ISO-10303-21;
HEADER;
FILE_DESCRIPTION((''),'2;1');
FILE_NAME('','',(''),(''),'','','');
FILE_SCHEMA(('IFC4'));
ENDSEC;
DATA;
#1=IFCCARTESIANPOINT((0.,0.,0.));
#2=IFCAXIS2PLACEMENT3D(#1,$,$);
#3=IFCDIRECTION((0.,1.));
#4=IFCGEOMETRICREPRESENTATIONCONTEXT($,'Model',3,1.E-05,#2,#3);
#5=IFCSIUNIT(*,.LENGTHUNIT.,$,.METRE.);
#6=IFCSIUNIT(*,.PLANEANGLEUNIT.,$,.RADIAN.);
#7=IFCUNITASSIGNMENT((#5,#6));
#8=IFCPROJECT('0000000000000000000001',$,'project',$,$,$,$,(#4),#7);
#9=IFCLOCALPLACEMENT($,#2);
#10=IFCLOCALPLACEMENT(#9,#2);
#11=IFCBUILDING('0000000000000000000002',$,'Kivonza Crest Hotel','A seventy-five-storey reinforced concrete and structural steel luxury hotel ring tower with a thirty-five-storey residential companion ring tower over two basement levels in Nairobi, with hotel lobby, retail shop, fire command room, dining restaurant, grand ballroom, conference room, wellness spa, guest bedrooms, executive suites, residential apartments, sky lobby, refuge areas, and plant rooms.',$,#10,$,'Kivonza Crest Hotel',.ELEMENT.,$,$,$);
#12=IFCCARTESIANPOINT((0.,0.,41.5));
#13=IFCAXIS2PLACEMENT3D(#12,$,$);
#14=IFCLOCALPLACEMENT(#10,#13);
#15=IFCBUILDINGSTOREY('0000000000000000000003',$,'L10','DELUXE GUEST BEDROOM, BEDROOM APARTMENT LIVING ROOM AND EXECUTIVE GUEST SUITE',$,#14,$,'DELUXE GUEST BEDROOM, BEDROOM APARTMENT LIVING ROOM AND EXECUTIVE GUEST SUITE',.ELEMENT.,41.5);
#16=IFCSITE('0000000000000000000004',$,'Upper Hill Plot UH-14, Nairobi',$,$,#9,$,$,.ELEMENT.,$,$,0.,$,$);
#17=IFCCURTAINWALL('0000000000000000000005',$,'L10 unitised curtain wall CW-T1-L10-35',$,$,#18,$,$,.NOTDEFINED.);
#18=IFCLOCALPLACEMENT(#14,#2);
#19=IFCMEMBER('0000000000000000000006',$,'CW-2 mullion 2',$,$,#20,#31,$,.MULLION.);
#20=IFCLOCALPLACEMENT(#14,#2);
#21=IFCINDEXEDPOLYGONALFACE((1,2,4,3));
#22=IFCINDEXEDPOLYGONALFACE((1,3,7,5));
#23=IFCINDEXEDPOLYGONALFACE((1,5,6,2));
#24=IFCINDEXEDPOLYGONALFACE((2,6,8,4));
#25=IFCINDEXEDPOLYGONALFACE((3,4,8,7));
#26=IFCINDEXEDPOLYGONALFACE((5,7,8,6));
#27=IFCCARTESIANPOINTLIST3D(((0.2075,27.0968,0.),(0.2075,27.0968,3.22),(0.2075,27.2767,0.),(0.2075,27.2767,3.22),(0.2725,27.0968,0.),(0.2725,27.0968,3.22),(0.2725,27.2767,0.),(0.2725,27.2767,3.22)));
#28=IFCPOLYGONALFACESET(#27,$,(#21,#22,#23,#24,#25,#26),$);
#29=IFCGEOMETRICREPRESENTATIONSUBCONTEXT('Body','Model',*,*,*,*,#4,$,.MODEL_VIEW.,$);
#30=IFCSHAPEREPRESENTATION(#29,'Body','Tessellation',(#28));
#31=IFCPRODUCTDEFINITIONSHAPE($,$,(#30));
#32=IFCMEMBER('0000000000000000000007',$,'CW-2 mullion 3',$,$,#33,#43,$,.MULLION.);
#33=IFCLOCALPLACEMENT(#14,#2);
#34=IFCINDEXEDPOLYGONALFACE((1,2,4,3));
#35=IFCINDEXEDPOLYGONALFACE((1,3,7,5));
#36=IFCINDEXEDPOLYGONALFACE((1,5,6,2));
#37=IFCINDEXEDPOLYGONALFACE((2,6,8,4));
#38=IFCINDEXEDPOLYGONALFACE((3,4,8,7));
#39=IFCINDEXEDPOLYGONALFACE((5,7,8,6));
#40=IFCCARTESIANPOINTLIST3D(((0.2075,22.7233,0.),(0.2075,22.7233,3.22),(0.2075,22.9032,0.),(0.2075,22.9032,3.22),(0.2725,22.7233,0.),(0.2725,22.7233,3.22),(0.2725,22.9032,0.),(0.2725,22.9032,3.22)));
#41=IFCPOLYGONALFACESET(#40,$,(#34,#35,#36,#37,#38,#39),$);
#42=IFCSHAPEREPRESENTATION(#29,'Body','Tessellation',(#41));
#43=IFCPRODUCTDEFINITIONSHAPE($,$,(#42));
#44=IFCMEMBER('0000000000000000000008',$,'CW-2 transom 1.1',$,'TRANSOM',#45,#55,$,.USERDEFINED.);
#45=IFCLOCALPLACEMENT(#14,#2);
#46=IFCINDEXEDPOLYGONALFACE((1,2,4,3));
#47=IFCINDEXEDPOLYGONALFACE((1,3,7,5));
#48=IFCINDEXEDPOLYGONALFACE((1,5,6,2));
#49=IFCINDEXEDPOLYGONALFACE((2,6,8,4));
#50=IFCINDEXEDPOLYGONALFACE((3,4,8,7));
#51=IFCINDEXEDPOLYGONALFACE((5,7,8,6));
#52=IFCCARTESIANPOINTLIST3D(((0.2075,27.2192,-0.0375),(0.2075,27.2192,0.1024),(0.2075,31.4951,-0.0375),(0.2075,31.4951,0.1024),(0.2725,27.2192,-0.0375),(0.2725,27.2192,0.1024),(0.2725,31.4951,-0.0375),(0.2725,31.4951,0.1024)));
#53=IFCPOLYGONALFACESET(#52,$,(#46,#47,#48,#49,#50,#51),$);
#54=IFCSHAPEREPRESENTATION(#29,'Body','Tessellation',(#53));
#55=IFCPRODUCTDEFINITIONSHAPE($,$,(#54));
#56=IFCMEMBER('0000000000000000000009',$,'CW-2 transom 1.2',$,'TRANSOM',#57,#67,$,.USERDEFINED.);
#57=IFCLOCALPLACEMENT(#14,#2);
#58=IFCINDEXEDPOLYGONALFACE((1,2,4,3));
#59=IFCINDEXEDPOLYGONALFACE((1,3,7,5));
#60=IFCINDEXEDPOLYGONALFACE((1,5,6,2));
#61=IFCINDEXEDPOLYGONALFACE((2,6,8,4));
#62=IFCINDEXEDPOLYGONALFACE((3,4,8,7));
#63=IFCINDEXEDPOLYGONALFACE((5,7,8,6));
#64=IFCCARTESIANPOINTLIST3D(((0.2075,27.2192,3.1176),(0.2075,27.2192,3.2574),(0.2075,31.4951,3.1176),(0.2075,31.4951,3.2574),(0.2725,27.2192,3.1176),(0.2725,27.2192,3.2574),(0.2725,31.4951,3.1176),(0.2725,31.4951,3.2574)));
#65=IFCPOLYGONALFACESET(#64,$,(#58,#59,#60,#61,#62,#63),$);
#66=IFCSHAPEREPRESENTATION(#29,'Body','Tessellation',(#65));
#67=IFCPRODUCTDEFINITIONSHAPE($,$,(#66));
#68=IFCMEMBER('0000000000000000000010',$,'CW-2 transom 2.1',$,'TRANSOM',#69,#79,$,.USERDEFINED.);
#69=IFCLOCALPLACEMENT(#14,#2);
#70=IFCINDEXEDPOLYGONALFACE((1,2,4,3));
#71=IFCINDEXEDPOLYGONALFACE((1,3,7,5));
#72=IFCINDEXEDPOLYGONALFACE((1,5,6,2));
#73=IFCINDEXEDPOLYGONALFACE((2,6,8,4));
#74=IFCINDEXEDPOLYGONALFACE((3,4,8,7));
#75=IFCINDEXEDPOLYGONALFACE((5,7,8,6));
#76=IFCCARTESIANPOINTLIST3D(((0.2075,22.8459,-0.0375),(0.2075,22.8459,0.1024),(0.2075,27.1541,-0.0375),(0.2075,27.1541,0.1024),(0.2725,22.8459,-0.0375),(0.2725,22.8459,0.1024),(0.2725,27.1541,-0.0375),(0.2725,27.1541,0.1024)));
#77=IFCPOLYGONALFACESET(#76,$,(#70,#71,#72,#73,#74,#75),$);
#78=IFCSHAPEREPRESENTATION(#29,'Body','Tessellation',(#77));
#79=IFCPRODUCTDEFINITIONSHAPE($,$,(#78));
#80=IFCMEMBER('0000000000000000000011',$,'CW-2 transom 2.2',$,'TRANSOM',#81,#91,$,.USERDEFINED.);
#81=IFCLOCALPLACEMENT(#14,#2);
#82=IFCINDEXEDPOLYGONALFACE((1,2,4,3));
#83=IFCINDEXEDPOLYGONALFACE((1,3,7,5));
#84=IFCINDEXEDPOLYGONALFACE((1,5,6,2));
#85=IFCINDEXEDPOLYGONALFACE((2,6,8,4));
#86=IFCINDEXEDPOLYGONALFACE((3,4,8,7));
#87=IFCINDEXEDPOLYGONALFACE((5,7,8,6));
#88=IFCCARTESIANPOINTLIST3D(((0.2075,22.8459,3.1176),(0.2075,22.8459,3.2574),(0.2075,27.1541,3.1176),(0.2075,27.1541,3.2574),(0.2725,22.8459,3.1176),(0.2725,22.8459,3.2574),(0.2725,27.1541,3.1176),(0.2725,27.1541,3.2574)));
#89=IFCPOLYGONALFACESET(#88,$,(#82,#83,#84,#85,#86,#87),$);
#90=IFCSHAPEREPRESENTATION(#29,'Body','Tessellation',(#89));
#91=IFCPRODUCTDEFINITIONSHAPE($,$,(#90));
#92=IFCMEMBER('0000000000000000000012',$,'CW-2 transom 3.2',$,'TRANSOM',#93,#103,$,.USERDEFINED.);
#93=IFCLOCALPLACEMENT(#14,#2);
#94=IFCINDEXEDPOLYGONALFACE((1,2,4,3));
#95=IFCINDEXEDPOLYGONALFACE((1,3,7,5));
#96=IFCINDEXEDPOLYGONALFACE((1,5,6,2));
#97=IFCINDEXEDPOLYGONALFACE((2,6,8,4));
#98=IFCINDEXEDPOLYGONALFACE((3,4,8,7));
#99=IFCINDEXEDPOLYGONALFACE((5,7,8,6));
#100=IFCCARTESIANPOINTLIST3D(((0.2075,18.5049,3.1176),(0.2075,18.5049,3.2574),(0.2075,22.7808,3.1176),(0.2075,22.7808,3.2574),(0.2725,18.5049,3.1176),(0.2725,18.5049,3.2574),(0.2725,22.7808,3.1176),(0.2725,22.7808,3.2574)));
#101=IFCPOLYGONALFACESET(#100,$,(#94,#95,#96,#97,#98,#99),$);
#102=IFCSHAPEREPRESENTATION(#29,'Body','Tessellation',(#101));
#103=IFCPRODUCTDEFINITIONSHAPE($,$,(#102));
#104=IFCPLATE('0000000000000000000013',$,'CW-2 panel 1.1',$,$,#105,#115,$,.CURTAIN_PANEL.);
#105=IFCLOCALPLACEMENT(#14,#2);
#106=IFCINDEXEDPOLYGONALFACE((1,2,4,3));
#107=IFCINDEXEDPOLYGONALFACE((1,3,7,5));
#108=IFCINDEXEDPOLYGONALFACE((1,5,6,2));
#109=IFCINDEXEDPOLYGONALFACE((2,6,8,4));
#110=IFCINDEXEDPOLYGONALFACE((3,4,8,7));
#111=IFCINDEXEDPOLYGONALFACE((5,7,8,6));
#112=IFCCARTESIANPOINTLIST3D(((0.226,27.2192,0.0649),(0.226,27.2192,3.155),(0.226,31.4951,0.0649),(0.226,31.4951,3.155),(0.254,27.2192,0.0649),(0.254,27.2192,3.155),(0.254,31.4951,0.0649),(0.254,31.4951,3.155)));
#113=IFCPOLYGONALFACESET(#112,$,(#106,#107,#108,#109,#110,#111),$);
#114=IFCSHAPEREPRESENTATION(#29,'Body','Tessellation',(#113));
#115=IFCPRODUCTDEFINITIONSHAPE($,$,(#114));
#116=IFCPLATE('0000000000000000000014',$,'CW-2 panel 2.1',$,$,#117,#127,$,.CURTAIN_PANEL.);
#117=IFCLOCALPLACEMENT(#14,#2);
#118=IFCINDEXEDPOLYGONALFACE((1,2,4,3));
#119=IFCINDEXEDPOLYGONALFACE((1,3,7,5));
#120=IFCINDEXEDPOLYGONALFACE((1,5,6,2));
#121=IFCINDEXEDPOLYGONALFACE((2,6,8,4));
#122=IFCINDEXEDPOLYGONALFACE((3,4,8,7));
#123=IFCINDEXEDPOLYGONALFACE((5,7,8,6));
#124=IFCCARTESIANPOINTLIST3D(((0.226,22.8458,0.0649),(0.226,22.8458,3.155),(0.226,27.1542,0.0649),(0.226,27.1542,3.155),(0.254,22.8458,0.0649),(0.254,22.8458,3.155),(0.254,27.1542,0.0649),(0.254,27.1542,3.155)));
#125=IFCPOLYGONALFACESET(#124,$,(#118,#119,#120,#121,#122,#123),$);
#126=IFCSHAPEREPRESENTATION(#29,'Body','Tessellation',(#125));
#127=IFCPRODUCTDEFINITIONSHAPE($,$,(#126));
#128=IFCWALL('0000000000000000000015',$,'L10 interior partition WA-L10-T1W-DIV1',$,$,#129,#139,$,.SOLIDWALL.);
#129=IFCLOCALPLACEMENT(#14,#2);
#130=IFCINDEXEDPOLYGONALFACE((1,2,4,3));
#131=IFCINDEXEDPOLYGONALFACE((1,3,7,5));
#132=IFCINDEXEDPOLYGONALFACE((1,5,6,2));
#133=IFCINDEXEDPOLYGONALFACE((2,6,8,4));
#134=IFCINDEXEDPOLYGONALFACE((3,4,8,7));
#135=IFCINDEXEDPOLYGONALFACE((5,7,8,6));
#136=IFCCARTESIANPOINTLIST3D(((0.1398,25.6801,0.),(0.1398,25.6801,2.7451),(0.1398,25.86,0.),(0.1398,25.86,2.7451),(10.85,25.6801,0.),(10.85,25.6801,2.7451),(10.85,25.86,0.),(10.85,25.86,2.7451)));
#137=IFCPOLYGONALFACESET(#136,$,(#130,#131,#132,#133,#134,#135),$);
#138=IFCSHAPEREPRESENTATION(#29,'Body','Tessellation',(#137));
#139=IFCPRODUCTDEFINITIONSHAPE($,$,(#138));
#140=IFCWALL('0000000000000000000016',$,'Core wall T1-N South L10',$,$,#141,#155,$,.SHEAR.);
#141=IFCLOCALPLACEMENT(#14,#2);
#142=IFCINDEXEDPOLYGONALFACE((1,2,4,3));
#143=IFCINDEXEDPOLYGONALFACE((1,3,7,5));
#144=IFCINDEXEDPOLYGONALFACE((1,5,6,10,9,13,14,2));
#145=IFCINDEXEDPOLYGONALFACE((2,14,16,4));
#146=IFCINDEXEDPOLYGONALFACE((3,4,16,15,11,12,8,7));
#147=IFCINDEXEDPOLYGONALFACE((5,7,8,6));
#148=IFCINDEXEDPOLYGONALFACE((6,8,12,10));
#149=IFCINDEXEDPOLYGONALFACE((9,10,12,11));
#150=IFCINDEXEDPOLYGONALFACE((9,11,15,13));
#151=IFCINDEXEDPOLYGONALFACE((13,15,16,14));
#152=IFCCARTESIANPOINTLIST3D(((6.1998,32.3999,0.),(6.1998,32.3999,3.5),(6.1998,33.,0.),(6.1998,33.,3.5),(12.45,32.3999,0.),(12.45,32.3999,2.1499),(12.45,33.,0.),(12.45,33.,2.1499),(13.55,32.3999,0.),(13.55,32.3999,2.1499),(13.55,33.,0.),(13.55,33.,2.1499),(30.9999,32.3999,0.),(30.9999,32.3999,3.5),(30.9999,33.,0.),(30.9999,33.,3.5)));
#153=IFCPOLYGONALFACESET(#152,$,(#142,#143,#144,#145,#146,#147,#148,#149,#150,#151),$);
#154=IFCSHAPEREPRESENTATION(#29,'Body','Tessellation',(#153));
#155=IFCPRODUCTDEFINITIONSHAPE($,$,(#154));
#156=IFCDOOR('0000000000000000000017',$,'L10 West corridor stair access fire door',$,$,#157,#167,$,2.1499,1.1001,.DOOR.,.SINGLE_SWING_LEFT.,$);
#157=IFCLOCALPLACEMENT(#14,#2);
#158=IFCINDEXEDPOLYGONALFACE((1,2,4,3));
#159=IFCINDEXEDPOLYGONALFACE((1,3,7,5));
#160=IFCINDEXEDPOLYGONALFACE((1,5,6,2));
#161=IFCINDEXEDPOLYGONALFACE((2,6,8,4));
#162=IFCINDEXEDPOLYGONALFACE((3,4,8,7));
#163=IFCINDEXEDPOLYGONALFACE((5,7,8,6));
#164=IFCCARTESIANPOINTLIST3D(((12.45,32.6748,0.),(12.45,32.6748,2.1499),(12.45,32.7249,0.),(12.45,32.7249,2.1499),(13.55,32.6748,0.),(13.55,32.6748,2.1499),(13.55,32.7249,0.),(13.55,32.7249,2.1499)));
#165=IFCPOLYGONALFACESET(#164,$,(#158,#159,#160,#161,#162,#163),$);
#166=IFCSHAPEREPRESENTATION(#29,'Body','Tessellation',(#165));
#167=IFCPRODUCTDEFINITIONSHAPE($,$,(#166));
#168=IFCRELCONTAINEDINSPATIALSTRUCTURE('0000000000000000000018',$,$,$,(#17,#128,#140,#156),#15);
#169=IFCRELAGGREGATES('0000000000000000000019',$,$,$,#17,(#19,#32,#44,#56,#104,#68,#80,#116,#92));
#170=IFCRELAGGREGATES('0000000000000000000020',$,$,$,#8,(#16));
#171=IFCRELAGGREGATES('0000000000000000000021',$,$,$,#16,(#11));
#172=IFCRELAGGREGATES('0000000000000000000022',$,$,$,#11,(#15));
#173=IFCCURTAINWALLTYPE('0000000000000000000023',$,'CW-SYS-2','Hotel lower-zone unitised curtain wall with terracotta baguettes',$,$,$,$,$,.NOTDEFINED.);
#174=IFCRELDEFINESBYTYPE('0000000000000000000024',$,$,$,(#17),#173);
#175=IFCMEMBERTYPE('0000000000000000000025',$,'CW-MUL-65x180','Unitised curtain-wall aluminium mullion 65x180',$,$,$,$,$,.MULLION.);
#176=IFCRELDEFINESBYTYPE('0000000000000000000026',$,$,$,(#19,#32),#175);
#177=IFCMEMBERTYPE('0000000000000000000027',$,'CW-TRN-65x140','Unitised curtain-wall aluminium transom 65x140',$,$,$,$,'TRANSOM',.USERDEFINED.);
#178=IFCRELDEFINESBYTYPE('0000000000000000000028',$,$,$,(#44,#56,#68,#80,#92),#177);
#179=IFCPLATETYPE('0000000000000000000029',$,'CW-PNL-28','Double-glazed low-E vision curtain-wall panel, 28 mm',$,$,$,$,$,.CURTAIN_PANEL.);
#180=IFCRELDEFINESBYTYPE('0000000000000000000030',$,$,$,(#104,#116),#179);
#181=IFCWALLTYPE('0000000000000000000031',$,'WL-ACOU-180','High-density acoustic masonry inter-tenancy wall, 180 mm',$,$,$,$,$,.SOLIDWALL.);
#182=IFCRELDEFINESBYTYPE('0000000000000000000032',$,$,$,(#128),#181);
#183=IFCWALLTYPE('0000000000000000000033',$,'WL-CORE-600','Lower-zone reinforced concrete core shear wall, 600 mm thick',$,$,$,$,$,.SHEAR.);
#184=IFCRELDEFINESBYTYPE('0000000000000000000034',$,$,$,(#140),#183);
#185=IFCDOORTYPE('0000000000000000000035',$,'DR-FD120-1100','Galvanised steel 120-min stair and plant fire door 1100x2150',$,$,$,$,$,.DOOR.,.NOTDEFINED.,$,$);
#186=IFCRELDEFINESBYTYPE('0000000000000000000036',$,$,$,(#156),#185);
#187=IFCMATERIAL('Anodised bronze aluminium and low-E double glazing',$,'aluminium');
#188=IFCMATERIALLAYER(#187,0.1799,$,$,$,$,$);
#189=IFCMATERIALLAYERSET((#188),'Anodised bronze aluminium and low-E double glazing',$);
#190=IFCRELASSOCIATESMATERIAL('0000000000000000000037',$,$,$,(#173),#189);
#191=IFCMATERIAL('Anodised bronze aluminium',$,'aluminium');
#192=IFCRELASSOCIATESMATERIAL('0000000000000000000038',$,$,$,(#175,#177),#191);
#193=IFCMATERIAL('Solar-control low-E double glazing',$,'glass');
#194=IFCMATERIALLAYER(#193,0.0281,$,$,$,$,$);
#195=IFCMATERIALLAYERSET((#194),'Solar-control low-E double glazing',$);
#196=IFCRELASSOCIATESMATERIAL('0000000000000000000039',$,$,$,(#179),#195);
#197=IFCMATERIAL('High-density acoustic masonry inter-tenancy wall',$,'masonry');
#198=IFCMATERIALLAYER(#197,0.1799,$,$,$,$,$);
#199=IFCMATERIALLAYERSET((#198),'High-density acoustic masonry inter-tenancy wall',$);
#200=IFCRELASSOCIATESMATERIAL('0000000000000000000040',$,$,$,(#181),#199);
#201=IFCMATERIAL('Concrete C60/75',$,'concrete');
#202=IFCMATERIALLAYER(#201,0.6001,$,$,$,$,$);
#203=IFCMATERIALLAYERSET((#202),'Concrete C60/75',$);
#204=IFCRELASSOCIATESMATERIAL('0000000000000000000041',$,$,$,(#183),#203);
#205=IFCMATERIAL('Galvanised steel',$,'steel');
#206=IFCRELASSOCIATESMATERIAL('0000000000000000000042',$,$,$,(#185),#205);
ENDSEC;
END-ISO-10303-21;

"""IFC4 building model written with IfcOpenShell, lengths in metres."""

from ifc_helpers import new_model, si_unit, direction, frame, frame_2d, origin, origin_2d, place, context, subcontext, project, spatial, rectangle, extrude, material, layer, layer_set, material_profile, profile_set, type_object, element, fill, aggregate, save


model = new_model("IFC4")

# Units and contexts
model_context = context("Model", 3, precision=1e-05, world=origin(), true_north=direction((0.0, 1.0)))
body_context = subcontext(model_context, "Body", "Model", "MODEL_VIEW")
ifc_project = project(units=[si_unit("LENGTHUNIT", "METRE"), si_unit("PLANEANGLEUNIT", "RADIAN")], contexts=[model_context])

# Site, building, storey
site_placement = place(None, origin())
site = spatial("IfcSite", under=ifc_project, at=site_placement, Name="Upper Hill Plot UH-14, Nairobi", CompositionType="ELEMENT", RefElevation=0.0)
building_placement = place(site_placement, origin())
building = spatial("IfcBuilding", under=site, at=building_placement, Name="Kivonza Crest Hotel", Description="A seventy-five-storey reinforced concrete and structural steel luxury hotel ring tower with a thirty-five-storey residential companion ring tower over two basement levels in Nairobi, with hotel lobby, retail shop, fire command room, dining restaurant, grand ballroom, conference room, wellness spa, guest bedrooms, executive suites, residential apartments, sky lobby, refuge areas, and plant rooms.", LongName="Kivonza Crest Hotel", CompositionType="ELEMENT")
storey_placement = place(building_placement, frame((0.0, 0.0, 41.5)))
storey = spatial("IfcBuildingStorey", under=building, at=storey_placement, Name="L10", Description="DELUXE GUEST BEDROOM, BEDROOM APARTMENT LIVING ROOM AND EXECUTIVE GUEST SUITE", LongName="DELUXE GUEST BEDROOM, BEDROOM APARTMENT LIVING ROOM AND EXECUTIVE GUEST SUITE", CompositionType="ELEMENT", Elevation=41.5)

# Shared definitions
ifc_material_1 = material(Name="Concrete C60/75", Category="concrete")

# Curtain wall, members, plates
ifc_material_2 = material(Name="Anodised bronze aluminium and low-E double glazing", Category="aluminium")
ifc_layer_1 = layer(ifc_material_2, 0.1799)
ifc_layer_set_1 = layer_set([ifc_layer_1], Name="Anodised bronze aluminium and low-E double glazing")
curtain_wall_type = type_object("IfcCurtainWallType", Name="CW-SYS-2", Description="Hotel lower-zone unitised curtain wall with terracotta baguettes", PredefinedType="NOTDEFINED", material=ifc_layer_set_1)
curtain_wall_placement = place(storey_placement, origin())
curtain_wall = element("IfcCurtainWall", 1, at=curtain_wall_placement, inside=storey, type_object=curtain_wall_type, Name="L10 unitised curtain wall CW-T1-L10-35", PredefinedType="NOTDEFINED")
ifc_material_3 = material(Name="Anodised bronze aluminium", Category="aluminium")
ifc_material_profile_1 = material_profile(ifc_material_3, rectangle(XDim=0.0649, YDim=0.1799, at=origin_2d()), Name="CW-M 65x180")
ifc_profile_set_1 = profile_set([ifc_material_profile_1], Name="Anodised bronze aluminium")
member_type_1 = type_object("IfcMemberType", Name="CW-MUL-65x180", Description="Unitised curtain-wall aluminium mullion 65x180", PredefinedType="MULLION", material=ifc_profile_set_1)
member_1_placement = place(storey_placement, frame((0.24, 27.1868, 0.0), z_axis=(0.0, 0.0, 1.0), x_axis=(1.0, 0.0, 0.0)))
member_1 = element("IfcMember", 2, at=member_1_placement, type_object=member_type_1, Name="CW-2 mullion 2", PredefinedType="MULLION", context=body_context, shape_type="SweptSolid", body=[
    extrude(rectangle(XDim=0.0649, YDim=0.1799, at=origin_2d()), origin(), (0.0, 0.0, 1.0), 3.22),
])
member_2_placement = place(storey_placement, frame((0.24, 22.8132, 0.0), z_axis=(0.0, 0.0, 1.0), x_axis=(1.0, 0.0, 0.0)))
member_2 = element("IfcMember", 3, at=member_2_placement, type_object=member_type_1, Name="CW-2 mullion 3", PredefinedType="MULLION", context=body_context, shape_type="SweptSolid", body=[
    extrude(rectangle(XDim=0.0649, YDim=0.1799, at=origin_2d()), origin(), (0.0, 0.0, 1.0), 3.22),
])
ifc_material_profile_2 = material_profile(ifc_material_3, rectangle(XDim=0.0649, YDim=0.1399, at=origin_2d()), Name="CW-T 65x140")
ifc_profile_set_2 = profile_set([ifc_material_profile_2], Name="Anodised bronze aluminium")
member_type_2 = type_object("IfcMemberType", Name="CW-TRN-65x140", Description="Unitised curtain-wall aluminium transom 65x140", ElementType="TRANSOM", PredefinedType="USERDEFINED", material=ifc_profile_set_2)
member_3_placement = place(storey_placement, frame((0.24, 31.4951, 0.0325), z_axis=(0.0, -1.0, 0.0), x_axis=(1.0, 0.0, 0.0)))
member_3 = element("IfcMember", 4, at=member_3_placement, type_object=member_type_2, Name="CW-2 transom 1.1", ObjectType="TRANSOM", PredefinedType="USERDEFINED", context=body_context, shape_type="SweptSolid", body=[
    extrude(rectangle(XDim=0.0649, YDim=0.1399, at=origin_2d()), origin(), (0.0, 0.0, 1.0), 4.2759),
])
member_4_placement = place(storey_placement, frame((0.24, 31.4951, 3.1875), z_axis=(0.0, -1.0, 0.0), x_axis=(1.0, 0.0, 0.0)))
member_4 = element("IfcMember", 5, at=member_4_placement, type_object=member_type_2, Name="CW-2 transom 1.2", ObjectType="TRANSOM", PredefinedType="USERDEFINED", context=body_context, shape_type="SweptSolid", body=[
    extrude(rectangle(XDim=0.0649, YDim=0.1399, at=origin_2d()), origin(), (0.0, 0.0, 1.0), 4.2759),
])
member_5_placement = place(storey_placement, frame((0.24, 27.1541, 0.0325), z_axis=(0.0, -1.0, 0.0), x_axis=(1.0, 0.0, 0.0)))
member_5 = element("IfcMember", 6, at=member_5_placement, type_object=member_type_2, Name="CW-2 transom 2.1", ObjectType="TRANSOM", PredefinedType="USERDEFINED", context=body_context, shape_type="SweptSolid", body=[
    extrude(rectangle(XDim=0.0649, YDim=0.1399, at=origin_2d()), origin(), (0.0, 0.0, 1.0), 4.3081),
])
member_6_placement = place(storey_placement, frame((0.24, 27.1541, 3.1875), z_axis=(0.0, -1.0, 0.0), x_axis=(1.0, 0.0, 0.0)))
member_6 = element("IfcMember", 7, at=member_6_placement, type_object=member_type_2, Name="CW-2 transom 2.2", ObjectType="TRANSOM", PredefinedType="USERDEFINED", context=body_context, shape_type="SweptSolid", body=[
    extrude(rectangle(XDim=0.0649, YDim=0.1399, at=origin_2d()), origin(), (0.0, 0.0, 1.0), 4.3081),
])
member_7_placement = place(storey_placement, frame((0.24, 22.7808, 3.1875), z_axis=(0.0, -1.0, 0.0), x_axis=(1.0, 0.0, 0.0)))
member_7 = element("IfcMember", 8, at=member_7_placement, type_object=member_type_2, Name="CW-2 transom 3.2", ObjectType="TRANSOM", PredefinedType="USERDEFINED", context=body_context, shape_type="SweptSolid", body=[
    extrude(rectangle(XDim=0.0649, YDim=0.1399, at=origin_2d()), origin(), (0.0, 0.0, 1.0), 4.2759),
])
ifc_material_4 = material(Name="Solar-control low-E double glazing", Category="glass")
ifc_layer_2 = layer(ifc_material_4, 0.0281)
ifc_layer_set_2 = layer_set([ifc_layer_2], Name="Solar-control low-E double glazing")
plate_type = type_object("IfcPlateType", Name="CW-PNL-28", Description="Double-glazed low-E vision curtain-wall panel, 28 mm", PredefinedType="CURTAIN_PANEL", material=ifc_layer_set_2)
plate_1_placement = place(storey_placement, frame((0.24, 29.3572, 0.0649), z_axis=(0.0, 0.0, 1.0), x_axis=(0.0, -1.0, 0.0)))
plate_1 = element("IfcPlate", 9, at=plate_1_placement, type_object=plate_type, Name="CW-2 panel 1.1", PredefinedType="CURTAIN_PANEL", context=body_context, shape_type="SweptSolid", body=[
    extrude(rectangle(XDim=4.2759, YDim=0.0281, at=origin_2d()), origin(), (0.0, 0.0, 1.0), 3.0901),
])
plate_2_placement = place(storey_placement, frame((0.24, 25.0, 0.0649), z_axis=(0.0, 0.0, 1.0), x_axis=(0.0, -1.0, 0.0)))
plate_2 = element("IfcPlate", 10, at=plate_2_placement, type_object=plate_type, Name="CW-2 panel 2.1", PredefinedType="CURTAIN_PANEL", context=body_context, shape_type="SweptSolid", body=[
    extrude(rectangle(XDim=4.3083, YDim=0.0281, at=origin_2d()), origin(), (0.0, 0.0, 1.0), 3.0901),
])
aggregate(curtain_wall, [member_1, member_2, member_3, member_4, plate_1, member_5, member_6, plate_2, member_7])

# Wall
ifc_material_5 = material(Name="High-density acoustic masonry inter-tenancy wall", Category="masonry")
ifc_layer_3 = layer(ifc_material_5, 0.1799)
ifc_layer_set_3 = layer_set([ifc_layer_3], Name="High-density acoustic masonry inter-tenancy wall")
wall_type_1 = type_object("IfcWallType", Name="WL-ACOU-180", Description="High-density acoustic masonry inter-tenancy wall, 180 mm", PredefinedType="SOLIDWALL", material=ifc_layer_set_3)
wall_1_placement = place(storey_placement, frame((0.1399, 25.77, 0.0), z_axis=(0.0, 0.0, 1.0), x_axis=(1.0, 0.0, 0.0)))
element("IfcWall", 11, at=wall_1_placement, inside=storey, type_object=wall_type_1, Name="L10 interior partition WA-L10-T1W-DIV1", PredefinedType="SOLIDWALL", context=body_context, shape_type="SweptSolid", body=[
    extrude(rectangle(XDim=10.7102, YDim=0.1799, at=frame_2d((5.355, 0.0))), origin(), (0.0, 0.0, 1.0), 2.7451),
])

# Wall, opening, door
ifc_layer_4 = layer(ifc_material_1, 0.6001)
ifc_layer_set_4 = layer_set([ifc_layer_4], Name="Concrete C60/75")
wall_type_2 = type_object("IfcWallType", Name="WL-CORE-600", Description="Lower-zone reinforced concrete core shear wall, 600 mm thick", PredefinedType="SHEAR", material=ifc_layer_set_4)
wall_2_placement = place(storey_placement, frame((6.2, 32.7, 0.0), z_axis=(0.0, 0.0, 1.0), x_axis=(1.0, 0.0, 0.0)))
wall_2 = element("IfcWall", 12, at=wall_2_placement, inside=storey, type_object=wall_type_2, Name="Core wall T1-N South L10", PredefinedType="SHEAR", context=body_context, shape_type="SweptSolid", body=[
    extrude(rectangle(XDim=24.8, YDim=0.6001, at=frame_2d((12.3999, 0.0))), origin(), (0.0, 0.0, 1.0), 3.5),
])
opening_placement = place(wall_2_placement, frame((6.25, 0.0, 0.0)))
opening = element("IfcOpeningElement", 13, at=opening_placement, cuts=wall_2, PredefinedType="OPENING", context=body_context, shape_type="SweptSolid", body=[
    extrude(rectangle(XDim=1.1001, YDim=2.1499, at=frame_2d((0.55, 1.075))), frame((0.0, 0.3101, 0.0), z_axis=(0.0, -1.0, 0.0), x_axis=(1.0, 0.0, 0.0)), (0.0, 0.0, 1.0), 0.6201),
])
ifc_material_6 = material(Name="Galvanised steel", Category="steel")
door_type = type_object("IfcDoorType", Name="DR-FD120-1100", Description="Galvanised steel 120-min stair and plant fire door 1100x2150", OperationType="NOTDEFINED", PredefinedType="DOOR", material=ifc_material_6)
door_placement = place(opening_placement, origin())
door = element("IfcDoor", 14, at=door_placement, inside=storey, type_object=door_type, Name="L10 West corridor stair access fire door", OperationType="SINGLE_SWING_LEFT", OverallHeight=2.1499, OverallWidth=1.1001, PredefinedType="DOOR", context=body_context, shape_type="SweptSolid", body=[
    extrude(rectangle(XDim=1.1001, YDim=2.1499, at=frame_2d((0.55, 1.075))), frame((0.0, 0.0249, 0.0), z_axis=(0.0, -1.0, 0.0), x_axis=(1.0, 0.0, 0.0)), (0.0, 0.0, 1.0), 0.05),
])
fill(opening, door)

save(model, "model.ifc")
